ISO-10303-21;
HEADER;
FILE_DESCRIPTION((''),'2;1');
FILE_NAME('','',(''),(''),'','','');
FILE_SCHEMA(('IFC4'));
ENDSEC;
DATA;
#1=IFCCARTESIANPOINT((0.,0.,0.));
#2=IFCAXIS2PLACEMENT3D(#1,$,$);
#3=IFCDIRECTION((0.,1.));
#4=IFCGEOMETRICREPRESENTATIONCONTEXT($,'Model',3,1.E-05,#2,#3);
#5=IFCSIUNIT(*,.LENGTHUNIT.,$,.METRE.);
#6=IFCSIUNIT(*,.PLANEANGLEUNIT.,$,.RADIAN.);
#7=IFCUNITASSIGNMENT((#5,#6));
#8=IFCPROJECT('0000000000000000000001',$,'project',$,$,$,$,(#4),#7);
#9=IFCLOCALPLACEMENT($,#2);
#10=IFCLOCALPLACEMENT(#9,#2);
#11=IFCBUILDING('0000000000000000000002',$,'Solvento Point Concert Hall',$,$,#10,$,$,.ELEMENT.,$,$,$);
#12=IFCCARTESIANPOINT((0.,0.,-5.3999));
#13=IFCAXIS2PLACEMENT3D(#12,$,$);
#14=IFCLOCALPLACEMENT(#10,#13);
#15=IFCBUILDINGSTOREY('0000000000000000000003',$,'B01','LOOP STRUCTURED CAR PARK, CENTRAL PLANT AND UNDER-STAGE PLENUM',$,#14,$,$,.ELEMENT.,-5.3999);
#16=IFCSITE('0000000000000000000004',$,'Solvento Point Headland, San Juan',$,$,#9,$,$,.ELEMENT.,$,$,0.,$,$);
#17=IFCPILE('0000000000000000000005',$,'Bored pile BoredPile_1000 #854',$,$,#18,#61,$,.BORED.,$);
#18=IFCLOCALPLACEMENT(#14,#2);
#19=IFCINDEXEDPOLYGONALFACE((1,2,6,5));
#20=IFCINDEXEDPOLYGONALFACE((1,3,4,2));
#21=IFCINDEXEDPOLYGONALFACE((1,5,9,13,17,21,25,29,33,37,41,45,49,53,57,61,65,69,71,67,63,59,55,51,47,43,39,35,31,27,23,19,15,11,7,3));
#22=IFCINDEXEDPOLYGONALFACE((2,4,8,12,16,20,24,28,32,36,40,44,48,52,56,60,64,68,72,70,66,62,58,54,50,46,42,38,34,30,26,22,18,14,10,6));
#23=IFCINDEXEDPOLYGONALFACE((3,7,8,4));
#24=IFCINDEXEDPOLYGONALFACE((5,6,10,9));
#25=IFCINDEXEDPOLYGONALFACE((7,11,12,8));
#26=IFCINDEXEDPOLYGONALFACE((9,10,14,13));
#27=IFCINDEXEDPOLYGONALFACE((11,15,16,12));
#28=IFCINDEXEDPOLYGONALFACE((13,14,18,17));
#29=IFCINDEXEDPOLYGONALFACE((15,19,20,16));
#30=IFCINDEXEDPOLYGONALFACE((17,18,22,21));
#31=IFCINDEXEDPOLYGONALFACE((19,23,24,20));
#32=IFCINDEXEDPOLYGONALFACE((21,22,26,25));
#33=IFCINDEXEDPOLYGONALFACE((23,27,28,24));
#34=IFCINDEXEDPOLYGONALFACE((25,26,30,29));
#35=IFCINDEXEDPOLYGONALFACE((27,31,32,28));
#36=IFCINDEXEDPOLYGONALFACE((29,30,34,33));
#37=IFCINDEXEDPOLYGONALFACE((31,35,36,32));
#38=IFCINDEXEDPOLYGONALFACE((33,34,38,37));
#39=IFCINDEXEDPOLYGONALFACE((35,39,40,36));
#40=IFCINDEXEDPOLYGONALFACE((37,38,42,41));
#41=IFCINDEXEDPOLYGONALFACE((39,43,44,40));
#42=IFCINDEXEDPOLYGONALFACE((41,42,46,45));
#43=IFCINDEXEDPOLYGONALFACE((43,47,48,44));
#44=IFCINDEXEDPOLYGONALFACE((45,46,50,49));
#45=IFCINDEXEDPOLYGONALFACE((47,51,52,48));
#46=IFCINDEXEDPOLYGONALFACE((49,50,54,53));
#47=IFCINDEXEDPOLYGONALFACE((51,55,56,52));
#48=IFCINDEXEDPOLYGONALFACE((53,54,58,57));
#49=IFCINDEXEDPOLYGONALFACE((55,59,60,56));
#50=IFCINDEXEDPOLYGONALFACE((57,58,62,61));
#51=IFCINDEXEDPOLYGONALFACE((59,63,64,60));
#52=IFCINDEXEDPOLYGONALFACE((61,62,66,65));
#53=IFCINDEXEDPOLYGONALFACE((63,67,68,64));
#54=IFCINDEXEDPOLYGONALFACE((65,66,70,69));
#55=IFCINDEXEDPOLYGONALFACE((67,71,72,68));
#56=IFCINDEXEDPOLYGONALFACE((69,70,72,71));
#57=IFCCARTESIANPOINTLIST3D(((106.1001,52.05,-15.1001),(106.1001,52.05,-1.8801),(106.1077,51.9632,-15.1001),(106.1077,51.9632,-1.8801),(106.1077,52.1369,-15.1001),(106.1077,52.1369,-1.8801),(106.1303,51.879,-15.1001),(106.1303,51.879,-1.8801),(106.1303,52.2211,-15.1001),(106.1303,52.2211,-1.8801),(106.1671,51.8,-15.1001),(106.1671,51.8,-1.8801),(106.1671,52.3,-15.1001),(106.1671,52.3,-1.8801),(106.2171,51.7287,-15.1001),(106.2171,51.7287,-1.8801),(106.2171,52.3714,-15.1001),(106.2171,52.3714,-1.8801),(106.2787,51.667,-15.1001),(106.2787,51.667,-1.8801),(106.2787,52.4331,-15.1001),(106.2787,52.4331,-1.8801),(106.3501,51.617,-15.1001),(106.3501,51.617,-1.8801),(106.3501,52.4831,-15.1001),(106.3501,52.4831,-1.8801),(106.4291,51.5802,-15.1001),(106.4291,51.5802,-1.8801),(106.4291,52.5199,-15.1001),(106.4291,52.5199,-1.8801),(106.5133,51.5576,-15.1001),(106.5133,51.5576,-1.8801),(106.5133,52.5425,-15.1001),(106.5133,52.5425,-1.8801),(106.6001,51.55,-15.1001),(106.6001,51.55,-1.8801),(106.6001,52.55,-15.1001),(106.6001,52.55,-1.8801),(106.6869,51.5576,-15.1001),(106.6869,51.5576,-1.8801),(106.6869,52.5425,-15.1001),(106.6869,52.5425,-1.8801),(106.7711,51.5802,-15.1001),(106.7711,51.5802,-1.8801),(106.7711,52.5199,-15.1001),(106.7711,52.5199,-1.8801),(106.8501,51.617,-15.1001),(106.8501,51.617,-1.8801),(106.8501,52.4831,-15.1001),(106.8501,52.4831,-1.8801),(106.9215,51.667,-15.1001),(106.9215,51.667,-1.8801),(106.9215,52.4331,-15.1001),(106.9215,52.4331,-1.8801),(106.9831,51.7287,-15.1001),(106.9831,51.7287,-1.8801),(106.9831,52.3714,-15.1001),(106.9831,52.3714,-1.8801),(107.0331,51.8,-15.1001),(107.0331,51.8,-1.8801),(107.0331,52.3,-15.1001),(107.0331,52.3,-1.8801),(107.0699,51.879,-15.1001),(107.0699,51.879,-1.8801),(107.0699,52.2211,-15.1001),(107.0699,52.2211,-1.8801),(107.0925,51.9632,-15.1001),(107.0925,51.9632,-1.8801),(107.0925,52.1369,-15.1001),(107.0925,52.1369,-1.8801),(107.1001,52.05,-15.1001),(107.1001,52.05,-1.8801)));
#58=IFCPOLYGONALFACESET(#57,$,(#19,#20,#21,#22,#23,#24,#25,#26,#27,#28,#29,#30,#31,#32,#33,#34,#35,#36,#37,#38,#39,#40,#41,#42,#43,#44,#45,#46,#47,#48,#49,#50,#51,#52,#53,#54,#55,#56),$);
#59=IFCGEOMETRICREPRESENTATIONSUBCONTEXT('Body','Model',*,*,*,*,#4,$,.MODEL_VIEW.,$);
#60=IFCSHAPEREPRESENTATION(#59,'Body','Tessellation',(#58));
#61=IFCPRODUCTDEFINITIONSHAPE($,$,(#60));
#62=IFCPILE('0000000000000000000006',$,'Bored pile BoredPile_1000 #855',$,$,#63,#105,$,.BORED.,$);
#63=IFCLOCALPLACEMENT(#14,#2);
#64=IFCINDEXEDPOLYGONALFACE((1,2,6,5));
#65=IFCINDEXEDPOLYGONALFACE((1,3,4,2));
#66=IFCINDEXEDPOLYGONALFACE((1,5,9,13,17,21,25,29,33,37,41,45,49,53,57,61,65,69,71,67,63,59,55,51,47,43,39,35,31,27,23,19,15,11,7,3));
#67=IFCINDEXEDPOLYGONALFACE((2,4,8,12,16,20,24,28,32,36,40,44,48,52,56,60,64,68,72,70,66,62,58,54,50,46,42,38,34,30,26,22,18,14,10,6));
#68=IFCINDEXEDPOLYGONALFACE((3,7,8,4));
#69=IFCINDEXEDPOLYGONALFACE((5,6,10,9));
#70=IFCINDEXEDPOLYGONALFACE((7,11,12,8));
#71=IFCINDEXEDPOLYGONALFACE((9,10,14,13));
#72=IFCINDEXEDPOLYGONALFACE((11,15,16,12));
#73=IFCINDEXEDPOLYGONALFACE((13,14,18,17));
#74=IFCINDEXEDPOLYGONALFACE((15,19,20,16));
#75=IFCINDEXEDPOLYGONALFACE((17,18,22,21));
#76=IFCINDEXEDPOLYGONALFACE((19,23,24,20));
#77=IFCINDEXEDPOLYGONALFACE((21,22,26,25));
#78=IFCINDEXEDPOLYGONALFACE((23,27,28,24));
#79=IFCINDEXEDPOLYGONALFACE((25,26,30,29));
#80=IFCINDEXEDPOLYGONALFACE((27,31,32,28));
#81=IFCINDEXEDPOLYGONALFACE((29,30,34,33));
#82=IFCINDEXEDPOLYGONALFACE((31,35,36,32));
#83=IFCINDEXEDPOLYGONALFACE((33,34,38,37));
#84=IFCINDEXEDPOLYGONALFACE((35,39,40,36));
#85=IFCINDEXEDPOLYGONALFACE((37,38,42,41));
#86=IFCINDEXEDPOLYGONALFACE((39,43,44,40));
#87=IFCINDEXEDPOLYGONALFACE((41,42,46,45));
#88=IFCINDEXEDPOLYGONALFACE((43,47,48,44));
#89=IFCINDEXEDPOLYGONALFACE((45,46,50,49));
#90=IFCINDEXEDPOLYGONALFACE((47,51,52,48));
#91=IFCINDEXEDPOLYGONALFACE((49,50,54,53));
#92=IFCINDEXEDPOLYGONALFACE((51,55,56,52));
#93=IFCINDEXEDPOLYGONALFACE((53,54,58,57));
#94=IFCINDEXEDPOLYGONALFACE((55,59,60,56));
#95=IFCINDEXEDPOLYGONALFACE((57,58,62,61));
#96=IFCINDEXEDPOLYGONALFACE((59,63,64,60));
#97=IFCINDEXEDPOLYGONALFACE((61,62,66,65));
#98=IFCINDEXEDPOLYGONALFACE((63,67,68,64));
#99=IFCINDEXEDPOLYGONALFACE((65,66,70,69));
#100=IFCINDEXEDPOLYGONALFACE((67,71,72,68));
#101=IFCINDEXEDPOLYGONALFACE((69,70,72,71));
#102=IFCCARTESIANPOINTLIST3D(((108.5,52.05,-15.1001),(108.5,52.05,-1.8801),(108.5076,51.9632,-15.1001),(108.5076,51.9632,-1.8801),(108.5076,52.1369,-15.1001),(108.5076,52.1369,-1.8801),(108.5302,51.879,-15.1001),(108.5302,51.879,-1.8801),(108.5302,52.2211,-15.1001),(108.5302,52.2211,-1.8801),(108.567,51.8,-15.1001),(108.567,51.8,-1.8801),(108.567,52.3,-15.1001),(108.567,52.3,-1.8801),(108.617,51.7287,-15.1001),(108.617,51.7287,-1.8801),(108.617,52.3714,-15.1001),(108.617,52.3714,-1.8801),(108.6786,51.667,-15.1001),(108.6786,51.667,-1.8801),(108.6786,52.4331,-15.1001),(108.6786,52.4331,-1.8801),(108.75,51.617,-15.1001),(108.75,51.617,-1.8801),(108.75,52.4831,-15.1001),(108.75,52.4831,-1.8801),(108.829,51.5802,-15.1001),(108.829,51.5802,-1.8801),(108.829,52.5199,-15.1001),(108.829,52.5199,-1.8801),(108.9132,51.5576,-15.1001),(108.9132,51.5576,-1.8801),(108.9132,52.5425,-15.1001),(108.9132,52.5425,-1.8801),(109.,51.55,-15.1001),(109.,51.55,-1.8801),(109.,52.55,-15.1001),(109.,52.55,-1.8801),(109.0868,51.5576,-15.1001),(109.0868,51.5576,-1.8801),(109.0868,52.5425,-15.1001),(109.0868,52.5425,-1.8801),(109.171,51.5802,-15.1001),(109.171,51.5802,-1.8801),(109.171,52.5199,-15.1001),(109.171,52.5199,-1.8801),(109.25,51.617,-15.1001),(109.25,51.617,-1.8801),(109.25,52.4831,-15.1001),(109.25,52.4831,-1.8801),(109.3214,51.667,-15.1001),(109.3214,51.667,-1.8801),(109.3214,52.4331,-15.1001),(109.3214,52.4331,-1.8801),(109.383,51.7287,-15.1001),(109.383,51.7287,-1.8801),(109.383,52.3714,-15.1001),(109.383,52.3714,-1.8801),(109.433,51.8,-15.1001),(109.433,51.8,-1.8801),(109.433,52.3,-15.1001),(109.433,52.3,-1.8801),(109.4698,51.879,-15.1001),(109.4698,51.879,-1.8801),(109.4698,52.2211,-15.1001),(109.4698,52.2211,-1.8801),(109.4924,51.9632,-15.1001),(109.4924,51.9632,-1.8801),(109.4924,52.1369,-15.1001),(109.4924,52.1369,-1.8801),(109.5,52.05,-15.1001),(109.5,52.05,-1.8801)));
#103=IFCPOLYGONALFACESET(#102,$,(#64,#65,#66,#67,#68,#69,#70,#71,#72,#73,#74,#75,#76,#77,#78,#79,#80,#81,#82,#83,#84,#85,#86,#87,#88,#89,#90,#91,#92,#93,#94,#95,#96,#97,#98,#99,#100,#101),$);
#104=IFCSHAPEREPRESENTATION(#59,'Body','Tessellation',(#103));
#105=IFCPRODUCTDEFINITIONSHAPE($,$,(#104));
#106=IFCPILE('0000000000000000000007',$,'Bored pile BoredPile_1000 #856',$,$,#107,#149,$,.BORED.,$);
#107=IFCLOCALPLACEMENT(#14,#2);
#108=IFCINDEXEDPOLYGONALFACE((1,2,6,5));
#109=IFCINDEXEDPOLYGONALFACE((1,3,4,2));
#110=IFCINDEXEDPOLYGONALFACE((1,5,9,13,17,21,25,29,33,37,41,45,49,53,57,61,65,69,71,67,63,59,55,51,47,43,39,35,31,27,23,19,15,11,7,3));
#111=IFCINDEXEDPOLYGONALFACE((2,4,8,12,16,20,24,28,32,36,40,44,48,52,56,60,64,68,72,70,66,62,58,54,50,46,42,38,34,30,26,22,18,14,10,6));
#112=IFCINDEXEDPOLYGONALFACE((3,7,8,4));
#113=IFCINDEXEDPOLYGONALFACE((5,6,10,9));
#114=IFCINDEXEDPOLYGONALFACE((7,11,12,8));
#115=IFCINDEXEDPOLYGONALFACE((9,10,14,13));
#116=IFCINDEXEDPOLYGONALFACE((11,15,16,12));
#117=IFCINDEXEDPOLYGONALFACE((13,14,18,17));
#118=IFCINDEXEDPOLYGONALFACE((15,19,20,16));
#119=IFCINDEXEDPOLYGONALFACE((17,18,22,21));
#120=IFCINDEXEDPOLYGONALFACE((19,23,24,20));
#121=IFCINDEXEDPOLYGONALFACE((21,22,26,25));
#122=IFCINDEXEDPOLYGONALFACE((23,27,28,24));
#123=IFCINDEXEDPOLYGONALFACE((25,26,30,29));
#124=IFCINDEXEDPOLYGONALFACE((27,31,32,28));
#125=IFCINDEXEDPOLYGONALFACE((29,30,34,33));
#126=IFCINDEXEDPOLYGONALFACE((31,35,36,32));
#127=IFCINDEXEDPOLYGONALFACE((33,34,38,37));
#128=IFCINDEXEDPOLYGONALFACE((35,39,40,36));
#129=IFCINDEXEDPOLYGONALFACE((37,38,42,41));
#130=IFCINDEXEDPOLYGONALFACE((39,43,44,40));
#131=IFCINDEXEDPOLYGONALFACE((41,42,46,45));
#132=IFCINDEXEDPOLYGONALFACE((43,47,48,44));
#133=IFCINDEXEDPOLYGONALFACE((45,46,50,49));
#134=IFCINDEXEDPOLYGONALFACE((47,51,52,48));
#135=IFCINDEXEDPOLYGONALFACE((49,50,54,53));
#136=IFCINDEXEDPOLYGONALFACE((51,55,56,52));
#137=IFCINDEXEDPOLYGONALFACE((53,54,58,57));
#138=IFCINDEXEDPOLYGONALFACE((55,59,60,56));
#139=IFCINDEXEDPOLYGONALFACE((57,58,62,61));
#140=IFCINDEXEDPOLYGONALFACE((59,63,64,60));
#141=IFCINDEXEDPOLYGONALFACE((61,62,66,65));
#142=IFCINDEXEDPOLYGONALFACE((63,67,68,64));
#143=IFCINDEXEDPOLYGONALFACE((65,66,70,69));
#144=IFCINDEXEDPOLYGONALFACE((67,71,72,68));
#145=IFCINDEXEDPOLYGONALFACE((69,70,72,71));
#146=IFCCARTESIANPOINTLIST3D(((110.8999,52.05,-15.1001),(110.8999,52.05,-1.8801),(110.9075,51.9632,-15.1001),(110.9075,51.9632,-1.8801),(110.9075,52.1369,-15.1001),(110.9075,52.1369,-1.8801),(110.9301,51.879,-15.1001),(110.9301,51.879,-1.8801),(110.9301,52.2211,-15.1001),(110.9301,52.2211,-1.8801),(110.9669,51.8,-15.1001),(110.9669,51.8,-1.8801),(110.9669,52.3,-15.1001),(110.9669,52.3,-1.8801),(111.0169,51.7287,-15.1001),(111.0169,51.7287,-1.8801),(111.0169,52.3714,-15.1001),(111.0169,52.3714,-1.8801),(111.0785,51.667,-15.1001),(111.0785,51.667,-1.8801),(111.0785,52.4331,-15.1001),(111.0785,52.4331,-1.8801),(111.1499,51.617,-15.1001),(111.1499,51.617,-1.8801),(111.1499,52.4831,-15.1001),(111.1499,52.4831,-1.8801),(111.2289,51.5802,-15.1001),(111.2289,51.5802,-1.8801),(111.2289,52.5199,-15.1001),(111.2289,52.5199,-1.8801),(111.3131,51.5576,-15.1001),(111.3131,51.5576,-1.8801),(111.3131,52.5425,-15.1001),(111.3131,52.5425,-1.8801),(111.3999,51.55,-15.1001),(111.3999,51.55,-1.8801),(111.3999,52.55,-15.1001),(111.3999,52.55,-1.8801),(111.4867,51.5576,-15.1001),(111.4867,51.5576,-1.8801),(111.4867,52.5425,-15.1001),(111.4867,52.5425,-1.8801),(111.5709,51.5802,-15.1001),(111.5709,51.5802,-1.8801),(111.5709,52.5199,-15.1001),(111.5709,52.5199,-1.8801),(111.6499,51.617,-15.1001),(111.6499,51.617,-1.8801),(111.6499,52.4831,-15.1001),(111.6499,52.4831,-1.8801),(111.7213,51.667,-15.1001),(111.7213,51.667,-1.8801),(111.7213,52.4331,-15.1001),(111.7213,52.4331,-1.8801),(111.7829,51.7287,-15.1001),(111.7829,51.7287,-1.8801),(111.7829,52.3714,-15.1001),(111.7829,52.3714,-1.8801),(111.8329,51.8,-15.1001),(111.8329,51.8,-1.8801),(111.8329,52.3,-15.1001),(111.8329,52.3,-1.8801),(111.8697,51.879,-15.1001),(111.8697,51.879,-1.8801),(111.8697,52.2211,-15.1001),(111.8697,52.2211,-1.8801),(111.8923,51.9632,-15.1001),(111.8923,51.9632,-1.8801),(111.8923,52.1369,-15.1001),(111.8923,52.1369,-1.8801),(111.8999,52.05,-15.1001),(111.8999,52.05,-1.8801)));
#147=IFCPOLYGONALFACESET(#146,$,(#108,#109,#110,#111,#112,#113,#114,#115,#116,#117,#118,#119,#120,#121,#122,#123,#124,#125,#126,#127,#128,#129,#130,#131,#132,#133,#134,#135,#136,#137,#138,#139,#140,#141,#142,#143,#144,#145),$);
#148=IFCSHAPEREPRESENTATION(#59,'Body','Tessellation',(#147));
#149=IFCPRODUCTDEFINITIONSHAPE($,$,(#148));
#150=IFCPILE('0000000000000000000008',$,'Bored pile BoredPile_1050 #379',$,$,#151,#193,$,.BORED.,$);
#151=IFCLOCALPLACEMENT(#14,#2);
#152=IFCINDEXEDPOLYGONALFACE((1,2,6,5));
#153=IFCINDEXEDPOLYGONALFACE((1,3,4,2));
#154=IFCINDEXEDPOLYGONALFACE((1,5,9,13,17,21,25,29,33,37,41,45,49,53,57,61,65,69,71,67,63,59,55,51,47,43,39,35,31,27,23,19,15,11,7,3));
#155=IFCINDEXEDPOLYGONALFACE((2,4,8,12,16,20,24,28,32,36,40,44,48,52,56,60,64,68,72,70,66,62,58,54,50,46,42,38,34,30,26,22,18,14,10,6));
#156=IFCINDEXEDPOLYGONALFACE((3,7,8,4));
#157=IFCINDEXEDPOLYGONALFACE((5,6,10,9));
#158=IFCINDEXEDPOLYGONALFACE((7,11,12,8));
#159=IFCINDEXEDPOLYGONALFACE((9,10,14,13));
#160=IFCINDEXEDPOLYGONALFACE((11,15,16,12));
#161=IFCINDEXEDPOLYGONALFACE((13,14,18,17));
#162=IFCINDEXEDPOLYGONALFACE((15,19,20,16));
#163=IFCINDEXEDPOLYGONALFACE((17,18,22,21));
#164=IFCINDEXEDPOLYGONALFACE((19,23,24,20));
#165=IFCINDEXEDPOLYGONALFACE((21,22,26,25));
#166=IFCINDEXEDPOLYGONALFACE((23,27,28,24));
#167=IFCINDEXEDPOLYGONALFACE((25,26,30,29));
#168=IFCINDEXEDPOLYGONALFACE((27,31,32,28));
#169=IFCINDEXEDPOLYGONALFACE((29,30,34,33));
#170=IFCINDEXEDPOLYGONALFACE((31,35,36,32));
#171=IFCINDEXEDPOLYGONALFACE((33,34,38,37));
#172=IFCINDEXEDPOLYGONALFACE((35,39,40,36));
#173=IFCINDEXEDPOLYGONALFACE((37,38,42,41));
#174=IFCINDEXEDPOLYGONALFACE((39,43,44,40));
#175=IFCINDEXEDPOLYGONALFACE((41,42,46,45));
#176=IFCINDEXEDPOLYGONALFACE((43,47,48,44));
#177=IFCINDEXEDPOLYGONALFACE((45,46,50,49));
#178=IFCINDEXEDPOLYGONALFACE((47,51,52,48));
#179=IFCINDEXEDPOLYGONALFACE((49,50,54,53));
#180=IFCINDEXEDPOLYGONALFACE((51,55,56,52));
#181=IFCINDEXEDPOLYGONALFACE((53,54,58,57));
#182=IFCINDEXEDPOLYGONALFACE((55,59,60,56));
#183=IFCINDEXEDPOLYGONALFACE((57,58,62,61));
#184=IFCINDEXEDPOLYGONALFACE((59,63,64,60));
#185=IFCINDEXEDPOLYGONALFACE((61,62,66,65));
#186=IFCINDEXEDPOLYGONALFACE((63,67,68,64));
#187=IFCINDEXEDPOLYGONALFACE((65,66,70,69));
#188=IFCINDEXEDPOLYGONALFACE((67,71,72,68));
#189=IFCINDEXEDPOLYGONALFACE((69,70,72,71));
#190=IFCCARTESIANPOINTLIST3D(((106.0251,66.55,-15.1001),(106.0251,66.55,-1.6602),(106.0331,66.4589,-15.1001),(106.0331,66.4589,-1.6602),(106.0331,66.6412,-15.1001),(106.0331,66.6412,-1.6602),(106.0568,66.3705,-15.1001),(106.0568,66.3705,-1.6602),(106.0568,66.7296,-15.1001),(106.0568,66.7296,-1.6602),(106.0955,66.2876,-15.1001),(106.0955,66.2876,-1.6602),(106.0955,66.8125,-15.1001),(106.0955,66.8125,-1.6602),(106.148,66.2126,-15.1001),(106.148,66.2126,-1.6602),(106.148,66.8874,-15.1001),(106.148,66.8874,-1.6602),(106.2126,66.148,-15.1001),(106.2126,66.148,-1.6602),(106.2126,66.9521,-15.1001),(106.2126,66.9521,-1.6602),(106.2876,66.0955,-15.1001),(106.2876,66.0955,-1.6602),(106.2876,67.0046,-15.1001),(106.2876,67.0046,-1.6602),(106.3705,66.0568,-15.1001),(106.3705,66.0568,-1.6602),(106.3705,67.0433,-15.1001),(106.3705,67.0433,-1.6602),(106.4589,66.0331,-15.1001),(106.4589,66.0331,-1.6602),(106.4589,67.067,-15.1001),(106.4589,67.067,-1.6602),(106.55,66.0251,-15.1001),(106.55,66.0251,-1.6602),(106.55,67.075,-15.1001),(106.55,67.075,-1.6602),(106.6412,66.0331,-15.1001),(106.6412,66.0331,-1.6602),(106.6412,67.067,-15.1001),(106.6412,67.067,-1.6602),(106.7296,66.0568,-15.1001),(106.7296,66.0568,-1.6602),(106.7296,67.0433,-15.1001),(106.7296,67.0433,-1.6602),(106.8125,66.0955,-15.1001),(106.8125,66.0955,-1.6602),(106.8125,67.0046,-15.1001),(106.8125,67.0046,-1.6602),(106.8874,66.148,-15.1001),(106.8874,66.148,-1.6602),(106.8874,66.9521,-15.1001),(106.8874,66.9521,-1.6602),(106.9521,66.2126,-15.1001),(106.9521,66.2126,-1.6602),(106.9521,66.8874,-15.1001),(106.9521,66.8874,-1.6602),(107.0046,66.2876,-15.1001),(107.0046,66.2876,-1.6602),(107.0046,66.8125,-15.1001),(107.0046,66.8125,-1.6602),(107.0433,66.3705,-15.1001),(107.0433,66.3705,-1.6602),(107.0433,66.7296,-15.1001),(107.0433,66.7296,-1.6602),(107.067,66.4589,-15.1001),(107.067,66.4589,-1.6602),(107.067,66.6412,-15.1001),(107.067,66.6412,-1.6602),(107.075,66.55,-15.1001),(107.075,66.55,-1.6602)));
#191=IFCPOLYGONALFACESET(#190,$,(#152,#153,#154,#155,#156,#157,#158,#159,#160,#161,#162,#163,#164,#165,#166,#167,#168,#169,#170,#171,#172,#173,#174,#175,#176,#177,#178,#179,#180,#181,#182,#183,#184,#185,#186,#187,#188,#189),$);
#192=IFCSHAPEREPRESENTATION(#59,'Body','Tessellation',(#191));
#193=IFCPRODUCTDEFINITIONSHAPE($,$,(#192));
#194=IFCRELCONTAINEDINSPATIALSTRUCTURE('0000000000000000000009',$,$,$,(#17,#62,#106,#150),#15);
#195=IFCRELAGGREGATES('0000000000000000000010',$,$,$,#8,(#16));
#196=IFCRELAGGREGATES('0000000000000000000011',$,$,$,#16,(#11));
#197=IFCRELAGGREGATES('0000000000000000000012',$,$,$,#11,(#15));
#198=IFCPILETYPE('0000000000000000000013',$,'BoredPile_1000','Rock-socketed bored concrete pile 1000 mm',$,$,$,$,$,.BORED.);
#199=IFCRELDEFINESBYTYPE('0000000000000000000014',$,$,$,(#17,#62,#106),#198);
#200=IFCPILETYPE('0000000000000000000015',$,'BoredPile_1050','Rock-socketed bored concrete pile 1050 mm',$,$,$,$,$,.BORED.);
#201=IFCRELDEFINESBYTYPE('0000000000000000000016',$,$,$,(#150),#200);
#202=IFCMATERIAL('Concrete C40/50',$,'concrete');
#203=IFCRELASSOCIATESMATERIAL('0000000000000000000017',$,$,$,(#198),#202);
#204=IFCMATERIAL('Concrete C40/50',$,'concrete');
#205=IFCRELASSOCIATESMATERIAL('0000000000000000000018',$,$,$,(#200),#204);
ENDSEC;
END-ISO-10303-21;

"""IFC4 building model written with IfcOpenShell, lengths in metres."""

from ifc_helpers import new_model, si_unit, direction, frame, origin, origin_2d, place, context, subcontext, project, spatial, circle, extrude, material, material_profile, profile_set, type_object, element, save


model = new_model("IFC4")

# Units and contexts
model_context = context("Model", 3, precision=1e-05, world=origin(), true_north=direction((0.0, 1.0)))
body_context = subcontext(model_context, "Body", "Model", "MODEL_VIEW")
ifc_project = project(units=[si_unit("LENGTHUNIT", "METRE"), si_unit("PLANEANGLEUNIT", "RADIAN")], contexts=[model_context])

# Site, building, storey
site_placement = place(None, origin())
site = spatial("IfcSite", under=ifc_project, at=site_placement, Name="Solvento Point Headland, San Juan", CompositionType="ELEMENT", RefElevation=0.0)
building_placement = place(site_placement, origin())
building = spatial("IfcBuilding", under=site, at=building_placement, Name="Solvento Point Concert Hall", CompositionType="ELEMENT")
storey_placement = place(building_placement, frame((0.0, 0.0, -5.3999)))
storey = spatial("IfcBuildingStorey", under=building, at=storey_placement, Name="B01", Description="LOOP STRUCTURED CAR PARK, CENTRAL PLANT AND UNDER-STAGE PLENUM", CompositionType="ELEMENT", Elevation=-5.3999)

# Piles
ifc_material_1 = material(Name="Concrete C40/50", Category="concrete")
ifc_material_profile_1 = material_profile(ifc_material_1, circle(Radius=0.5, at=origin_2d()), Name="BP-1000")
ifc_profile_set_1 = profile_set([ifc_material_profile_1], Name="Concrete C40/50")
pile_type_1 = type_object("IfcPileType", Name="BoredPile_1000", Description="Rock-socketed bored concrete pile 1000 mm", PredefinedType="BORED", material=ifc_profile_set_1)
for number, where, z_axis, x_axis, name in (
    (1, (106.6001, 52.05, -1.8801), (0.0, 0.0, -1.0), (1.0, 0.0, 0.0), "Bored pile BoredPile_1000 #854"),
    (2, (109.0, 52.05, -1.8801), (0.0, 0.0, -1.0), (1.0, 0.0, 0.0), "Bored pile BoredPile_1000 #855"),
    (3, (111.3999, 52.05, -1.8801), (0.0, 0.0, -1.0), (1.0, 0.0, 0.0), "Bored pile BoredPile_1000 #856"),
):
    element("IfcPile", number, at=place(storey_placement, frame(where, z_axis=z_axis, x_axis=x_axis)), inside=storey, type_object=pile_type_1, Name=name, PredefinedType="BORED", context=body_context, shape_type="SweptSolid", body=[
        extrude(circle(Radius=0.5, at=origin_2d()), origin(), (0.0, 0.0, 1.0), 13.22),
    ])
ifc_material_2 = material(Name="Concrete C40/50", Category="concrete")
ifc_material_profile_2 = material_profile(ifc_material_2, circle(Radius=0.5249, at=origin_2d()), Name="BP-1050")
ifc_profile_set_2 = profile_set([ifc_material_profile_2], Name="Concrete C40/50")
pile_type_2 = type_object("IfcPileType", Name="BoredPile_1050", Description="Rock-socketed bored concrete pile 1050 mm", PredefinedType="BORED", material=ifc_profile_set_2)
for number, where, z_axis, x_axis, name in (
    (4, (106.55, 66.55, -1.6602), (0.0, 0.0, -1.0), (1.0, 0.0, 0.0), "Bored pile BoredPile_1050 #379"),
):
    element("IfcPile", number, at=place(storey_placement, frame(where, z_axis=z_axis, x_axis=x_axis)), inside=storey, type_object=pile_type_2, Name=name, PredefinedType="BORED", context=body_context, shape_type="SweptSolid", body=[
        extrude(circle(Radius=0.5249, at=origin_2d()), origin(), (0.0, 0.0, 1.0), 13.4399),
    ])

save(model, "model.ifc")
